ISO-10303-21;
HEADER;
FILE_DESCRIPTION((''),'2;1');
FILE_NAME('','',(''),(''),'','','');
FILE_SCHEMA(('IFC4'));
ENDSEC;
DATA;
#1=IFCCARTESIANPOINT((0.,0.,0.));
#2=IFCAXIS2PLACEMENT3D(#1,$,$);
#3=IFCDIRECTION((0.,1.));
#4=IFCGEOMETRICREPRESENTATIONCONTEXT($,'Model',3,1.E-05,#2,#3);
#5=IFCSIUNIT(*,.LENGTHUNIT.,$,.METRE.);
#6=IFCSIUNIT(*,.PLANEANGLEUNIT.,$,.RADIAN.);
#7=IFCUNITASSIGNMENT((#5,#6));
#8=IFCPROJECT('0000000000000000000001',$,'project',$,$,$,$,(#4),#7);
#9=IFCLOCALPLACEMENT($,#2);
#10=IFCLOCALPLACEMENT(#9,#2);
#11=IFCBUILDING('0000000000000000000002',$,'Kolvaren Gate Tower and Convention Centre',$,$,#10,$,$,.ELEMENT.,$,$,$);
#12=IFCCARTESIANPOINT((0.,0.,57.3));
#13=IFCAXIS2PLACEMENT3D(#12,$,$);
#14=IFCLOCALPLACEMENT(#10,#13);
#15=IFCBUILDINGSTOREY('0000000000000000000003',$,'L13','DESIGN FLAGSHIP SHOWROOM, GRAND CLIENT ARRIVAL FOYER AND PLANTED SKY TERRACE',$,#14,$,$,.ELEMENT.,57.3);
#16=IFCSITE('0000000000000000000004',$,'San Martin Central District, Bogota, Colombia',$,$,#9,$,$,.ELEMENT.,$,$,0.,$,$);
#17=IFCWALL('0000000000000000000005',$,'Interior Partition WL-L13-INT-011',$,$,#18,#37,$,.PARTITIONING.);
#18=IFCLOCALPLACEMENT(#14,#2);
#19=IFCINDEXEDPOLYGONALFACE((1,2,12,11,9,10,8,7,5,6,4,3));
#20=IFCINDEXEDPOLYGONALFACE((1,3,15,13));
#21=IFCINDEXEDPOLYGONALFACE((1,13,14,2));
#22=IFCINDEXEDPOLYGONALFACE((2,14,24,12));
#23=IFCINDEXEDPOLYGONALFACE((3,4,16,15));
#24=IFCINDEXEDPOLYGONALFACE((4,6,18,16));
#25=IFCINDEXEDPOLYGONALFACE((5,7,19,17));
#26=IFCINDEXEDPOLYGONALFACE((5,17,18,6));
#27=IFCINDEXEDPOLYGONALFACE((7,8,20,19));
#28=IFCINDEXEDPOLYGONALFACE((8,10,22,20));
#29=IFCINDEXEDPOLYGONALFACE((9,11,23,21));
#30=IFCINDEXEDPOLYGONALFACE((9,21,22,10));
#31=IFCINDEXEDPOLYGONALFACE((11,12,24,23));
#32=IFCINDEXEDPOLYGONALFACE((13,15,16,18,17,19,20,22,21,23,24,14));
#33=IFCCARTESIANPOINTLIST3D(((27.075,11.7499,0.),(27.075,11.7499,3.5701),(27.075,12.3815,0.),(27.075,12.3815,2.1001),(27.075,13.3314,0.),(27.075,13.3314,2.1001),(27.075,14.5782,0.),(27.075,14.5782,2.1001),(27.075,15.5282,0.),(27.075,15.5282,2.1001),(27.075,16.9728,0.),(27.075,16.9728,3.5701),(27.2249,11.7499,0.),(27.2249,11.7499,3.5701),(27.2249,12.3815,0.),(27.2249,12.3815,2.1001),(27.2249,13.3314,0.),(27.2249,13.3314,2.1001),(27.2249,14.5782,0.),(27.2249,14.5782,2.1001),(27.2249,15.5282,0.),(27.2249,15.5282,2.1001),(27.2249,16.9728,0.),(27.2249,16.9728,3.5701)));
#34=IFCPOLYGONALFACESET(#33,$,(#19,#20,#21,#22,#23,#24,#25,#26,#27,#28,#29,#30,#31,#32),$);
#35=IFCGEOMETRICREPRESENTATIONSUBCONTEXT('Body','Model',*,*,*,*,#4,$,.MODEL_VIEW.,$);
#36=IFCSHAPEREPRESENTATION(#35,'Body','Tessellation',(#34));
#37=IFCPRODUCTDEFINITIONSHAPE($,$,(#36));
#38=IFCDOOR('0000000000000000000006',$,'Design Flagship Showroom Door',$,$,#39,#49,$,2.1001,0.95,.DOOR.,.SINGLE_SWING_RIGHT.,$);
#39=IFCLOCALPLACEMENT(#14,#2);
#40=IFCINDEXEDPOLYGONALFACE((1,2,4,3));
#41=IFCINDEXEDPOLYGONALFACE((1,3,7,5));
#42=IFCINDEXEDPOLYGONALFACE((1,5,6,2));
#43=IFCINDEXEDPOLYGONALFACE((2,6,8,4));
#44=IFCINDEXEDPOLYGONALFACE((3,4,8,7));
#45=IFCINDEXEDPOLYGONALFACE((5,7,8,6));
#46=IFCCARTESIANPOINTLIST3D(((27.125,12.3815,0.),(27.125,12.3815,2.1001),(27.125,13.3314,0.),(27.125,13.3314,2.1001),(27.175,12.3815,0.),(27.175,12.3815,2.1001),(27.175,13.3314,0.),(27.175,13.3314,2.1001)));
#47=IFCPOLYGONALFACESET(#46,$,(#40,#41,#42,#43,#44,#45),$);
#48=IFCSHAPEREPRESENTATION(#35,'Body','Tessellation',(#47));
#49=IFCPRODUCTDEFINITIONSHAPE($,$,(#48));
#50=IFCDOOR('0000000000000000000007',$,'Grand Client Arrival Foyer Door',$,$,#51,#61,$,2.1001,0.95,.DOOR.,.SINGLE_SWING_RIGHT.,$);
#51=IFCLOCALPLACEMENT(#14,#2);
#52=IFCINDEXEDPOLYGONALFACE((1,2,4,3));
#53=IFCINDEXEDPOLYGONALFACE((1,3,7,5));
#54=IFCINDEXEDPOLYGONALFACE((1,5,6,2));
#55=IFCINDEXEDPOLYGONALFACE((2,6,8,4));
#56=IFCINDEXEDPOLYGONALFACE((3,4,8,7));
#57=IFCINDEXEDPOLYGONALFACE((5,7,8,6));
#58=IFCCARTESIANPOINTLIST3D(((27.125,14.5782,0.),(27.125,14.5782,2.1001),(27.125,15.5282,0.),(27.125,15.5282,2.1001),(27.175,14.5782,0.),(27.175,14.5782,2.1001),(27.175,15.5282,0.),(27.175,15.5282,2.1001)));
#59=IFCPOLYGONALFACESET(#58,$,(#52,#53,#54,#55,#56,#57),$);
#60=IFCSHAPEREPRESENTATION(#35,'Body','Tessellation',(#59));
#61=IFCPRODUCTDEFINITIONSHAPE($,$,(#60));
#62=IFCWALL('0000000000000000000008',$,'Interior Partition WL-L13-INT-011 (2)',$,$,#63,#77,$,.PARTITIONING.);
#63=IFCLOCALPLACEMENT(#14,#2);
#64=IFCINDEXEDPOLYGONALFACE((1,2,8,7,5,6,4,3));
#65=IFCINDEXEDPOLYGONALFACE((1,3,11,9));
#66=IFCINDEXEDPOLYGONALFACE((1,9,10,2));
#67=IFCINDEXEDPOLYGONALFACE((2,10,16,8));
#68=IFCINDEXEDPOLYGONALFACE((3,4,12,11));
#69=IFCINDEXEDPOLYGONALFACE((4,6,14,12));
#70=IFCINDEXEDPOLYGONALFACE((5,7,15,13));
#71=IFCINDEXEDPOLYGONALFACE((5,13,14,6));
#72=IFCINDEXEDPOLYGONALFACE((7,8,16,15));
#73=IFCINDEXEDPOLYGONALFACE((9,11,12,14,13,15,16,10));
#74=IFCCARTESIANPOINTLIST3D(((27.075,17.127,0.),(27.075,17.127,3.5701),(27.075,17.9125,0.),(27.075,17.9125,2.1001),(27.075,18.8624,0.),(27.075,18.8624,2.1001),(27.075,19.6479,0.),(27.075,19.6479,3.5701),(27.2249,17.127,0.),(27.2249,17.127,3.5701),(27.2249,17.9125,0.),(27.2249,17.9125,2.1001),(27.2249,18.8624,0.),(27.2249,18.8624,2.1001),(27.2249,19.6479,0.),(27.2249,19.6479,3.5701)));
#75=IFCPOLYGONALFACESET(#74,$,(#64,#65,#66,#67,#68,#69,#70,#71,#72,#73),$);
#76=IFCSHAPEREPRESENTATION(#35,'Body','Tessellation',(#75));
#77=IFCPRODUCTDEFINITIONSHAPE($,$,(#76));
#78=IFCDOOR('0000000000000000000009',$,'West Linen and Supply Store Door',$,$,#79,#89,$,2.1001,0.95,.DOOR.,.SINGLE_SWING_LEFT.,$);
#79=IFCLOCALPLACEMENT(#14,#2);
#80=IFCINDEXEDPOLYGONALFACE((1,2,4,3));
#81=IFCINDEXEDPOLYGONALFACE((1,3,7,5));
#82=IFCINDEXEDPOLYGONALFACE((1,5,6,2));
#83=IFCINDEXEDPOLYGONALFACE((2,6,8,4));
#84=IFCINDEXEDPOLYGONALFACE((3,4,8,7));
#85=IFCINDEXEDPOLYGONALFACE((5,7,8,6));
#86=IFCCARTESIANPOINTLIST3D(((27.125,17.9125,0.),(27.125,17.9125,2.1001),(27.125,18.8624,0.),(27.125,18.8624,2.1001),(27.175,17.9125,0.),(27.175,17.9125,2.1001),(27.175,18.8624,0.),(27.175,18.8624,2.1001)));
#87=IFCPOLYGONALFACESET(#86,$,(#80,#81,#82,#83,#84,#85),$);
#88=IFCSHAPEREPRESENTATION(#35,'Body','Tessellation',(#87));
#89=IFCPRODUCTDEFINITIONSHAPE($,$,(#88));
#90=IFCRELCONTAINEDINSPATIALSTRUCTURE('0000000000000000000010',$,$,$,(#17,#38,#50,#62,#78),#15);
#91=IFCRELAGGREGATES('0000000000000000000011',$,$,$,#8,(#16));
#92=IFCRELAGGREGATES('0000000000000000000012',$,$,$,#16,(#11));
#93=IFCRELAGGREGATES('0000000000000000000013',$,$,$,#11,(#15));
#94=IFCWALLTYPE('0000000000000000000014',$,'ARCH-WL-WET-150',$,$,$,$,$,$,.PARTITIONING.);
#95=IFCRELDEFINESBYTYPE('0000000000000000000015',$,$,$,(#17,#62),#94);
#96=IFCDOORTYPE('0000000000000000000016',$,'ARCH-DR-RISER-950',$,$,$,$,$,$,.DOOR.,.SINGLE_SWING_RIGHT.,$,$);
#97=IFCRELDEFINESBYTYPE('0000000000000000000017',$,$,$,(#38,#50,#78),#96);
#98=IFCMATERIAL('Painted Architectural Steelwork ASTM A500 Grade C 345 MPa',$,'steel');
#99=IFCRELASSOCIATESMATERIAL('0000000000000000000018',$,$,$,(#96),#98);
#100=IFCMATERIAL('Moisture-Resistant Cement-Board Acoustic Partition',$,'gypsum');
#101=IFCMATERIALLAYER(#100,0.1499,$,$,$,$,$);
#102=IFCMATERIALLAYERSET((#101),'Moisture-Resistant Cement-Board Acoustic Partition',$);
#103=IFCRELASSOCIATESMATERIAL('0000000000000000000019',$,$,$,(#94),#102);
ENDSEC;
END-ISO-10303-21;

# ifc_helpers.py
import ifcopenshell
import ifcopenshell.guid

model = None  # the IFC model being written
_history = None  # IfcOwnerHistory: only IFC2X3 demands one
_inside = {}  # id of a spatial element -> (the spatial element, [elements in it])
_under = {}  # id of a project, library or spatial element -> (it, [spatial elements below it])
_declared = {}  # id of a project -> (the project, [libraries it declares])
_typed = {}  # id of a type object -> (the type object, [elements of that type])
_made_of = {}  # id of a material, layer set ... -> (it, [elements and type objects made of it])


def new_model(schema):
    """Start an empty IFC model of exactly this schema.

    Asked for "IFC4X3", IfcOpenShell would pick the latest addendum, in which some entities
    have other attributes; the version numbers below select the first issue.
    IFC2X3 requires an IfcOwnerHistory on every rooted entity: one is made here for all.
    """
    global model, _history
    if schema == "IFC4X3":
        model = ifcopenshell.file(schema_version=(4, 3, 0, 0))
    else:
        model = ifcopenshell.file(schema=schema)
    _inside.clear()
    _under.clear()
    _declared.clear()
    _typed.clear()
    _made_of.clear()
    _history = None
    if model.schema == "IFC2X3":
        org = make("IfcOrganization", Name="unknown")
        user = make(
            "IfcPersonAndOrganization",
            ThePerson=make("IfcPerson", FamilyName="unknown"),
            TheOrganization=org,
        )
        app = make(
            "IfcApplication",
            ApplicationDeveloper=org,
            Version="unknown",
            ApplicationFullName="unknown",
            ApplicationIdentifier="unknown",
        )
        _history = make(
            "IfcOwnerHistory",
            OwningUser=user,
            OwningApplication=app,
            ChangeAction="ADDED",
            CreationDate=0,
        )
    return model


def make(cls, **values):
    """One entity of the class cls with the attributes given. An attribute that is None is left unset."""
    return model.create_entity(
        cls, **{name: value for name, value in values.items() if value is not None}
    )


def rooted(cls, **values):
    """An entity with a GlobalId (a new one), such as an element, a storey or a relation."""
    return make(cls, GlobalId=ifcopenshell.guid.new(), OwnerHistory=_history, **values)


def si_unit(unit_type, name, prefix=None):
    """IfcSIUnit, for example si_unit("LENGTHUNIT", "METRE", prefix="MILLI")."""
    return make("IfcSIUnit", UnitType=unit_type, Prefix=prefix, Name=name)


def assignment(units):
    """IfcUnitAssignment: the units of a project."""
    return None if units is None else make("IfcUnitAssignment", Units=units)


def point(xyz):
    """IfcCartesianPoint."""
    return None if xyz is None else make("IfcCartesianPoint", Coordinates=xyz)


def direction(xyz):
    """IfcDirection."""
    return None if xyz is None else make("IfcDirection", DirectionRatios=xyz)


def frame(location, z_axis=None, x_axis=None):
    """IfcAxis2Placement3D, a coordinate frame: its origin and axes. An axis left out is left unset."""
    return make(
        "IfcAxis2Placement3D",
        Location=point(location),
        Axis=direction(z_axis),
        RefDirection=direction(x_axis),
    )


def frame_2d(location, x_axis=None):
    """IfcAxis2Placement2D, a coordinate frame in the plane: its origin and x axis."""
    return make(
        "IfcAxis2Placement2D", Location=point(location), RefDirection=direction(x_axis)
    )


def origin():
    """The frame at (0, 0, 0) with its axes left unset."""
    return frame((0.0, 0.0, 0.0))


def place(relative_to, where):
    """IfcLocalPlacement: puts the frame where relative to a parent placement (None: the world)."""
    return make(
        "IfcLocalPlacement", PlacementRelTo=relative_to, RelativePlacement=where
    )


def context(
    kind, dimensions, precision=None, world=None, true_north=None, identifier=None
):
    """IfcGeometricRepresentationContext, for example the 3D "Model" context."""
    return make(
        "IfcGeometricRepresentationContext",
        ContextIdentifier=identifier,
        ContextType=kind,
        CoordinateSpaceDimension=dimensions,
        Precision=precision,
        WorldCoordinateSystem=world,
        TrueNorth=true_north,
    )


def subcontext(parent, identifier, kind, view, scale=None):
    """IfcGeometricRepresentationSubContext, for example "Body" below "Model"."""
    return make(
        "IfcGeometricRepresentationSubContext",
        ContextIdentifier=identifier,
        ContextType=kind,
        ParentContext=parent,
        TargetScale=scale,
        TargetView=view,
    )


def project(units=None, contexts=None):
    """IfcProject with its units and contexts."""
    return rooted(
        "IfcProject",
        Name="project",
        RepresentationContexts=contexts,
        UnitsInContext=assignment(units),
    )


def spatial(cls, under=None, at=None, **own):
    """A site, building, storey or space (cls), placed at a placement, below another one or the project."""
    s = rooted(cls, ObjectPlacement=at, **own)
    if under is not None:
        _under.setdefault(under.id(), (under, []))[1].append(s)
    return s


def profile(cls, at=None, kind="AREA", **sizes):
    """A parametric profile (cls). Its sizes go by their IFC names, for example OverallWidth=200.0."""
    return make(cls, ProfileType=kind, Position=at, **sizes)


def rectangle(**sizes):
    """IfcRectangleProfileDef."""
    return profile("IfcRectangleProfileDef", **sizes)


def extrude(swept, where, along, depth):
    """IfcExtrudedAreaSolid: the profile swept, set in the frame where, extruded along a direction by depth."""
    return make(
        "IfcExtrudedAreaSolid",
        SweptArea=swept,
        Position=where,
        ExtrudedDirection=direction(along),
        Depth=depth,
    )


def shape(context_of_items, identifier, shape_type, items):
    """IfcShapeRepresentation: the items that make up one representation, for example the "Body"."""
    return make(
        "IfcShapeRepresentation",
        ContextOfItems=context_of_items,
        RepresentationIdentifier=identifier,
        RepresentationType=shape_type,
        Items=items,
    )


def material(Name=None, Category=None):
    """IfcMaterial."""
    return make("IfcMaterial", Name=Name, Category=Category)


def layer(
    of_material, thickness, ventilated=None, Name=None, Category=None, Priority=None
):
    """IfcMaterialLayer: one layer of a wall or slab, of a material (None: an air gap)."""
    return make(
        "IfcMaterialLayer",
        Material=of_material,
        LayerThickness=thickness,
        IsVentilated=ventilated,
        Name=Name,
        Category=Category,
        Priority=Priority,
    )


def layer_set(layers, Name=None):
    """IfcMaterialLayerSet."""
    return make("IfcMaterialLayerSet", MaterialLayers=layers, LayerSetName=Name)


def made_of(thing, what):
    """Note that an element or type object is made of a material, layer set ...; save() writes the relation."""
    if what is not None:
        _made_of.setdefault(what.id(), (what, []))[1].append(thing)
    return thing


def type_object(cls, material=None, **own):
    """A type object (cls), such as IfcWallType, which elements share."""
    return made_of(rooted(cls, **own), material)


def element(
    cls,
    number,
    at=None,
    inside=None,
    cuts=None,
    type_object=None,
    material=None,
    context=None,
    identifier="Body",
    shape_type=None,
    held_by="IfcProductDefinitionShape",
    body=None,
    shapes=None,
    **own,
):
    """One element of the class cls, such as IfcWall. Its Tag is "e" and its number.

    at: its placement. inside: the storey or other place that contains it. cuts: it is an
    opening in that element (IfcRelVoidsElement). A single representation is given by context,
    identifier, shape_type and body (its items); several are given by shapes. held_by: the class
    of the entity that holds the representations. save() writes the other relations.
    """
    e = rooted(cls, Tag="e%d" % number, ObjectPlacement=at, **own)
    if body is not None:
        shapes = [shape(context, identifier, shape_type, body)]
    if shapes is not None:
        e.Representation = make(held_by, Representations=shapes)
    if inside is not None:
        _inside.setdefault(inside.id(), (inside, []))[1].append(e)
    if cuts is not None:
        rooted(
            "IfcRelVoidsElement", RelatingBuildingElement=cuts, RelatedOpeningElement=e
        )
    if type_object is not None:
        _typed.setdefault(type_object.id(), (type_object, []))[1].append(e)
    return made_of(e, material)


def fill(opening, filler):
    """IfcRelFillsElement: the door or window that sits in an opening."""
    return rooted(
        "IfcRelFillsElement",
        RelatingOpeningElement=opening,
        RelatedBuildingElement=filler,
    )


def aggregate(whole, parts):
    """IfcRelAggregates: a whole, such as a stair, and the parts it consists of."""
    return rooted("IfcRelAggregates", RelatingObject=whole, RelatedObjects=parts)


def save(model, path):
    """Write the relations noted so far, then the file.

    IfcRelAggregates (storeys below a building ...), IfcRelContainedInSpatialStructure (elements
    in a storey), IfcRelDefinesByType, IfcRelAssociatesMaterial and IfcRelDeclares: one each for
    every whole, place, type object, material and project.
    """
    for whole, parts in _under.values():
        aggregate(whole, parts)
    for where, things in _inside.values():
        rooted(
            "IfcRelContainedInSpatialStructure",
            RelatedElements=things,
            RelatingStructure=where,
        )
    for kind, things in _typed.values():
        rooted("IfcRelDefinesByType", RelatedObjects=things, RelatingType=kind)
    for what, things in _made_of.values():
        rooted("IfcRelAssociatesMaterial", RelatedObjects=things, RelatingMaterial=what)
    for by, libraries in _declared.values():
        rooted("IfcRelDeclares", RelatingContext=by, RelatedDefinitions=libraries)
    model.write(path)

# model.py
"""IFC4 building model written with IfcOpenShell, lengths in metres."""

from ifc_helpers import new_model, si_unit, direction, frame, frame_2d, origin, place, context, subcontext, project, spatial, rectangle, extrude, material, layer, layer_set, type_object, element, fill, save


model = new_model("IFC4")

# Units and contexts
model_context = context("Model", 3, precision=1e-05, world=origin(), true_north=direction((0.0, 1.0)))
body_context = subcontext(model_context, "Body", "Model", "MODEL_VIEW")
ifc_project = project(units=[si_unit("LENGTHUNIT", "METRE"), si_unit("PLANEANGLEUNIT", "RADIAN")], contexts=[model_context])

# Site, building, storey
site_placement = place(None, origin())
site = spatial("IfcSite", under=ifc_project, at=site_placement, Name="San Martin Central District, Bogota, Colombia", CompositionType="ELEMENT", RefElevation=0.0)
building_placement = place(site_placement, origin())
building = spatial("IfcBuilding", under=site, at=building_placement, Name="Kolvaren Gate Tower and Convention Centre", CompositionType="ELEMENT")
storey_placement = place(building_placement, frame((0.0, 0.0, 57.3)))
storey = spatial("IfcBuildingStorey", under=building, at=storey_placement, Name="L13", Description="DESIGN FLAGSHIP SHOWROOM, GRAND CLIENT ARRIVAL FOYER AND PLANTED SKY TERRACE", CompositionType="ELEMENT", Elevation=57.3)

# Shared definitions
ifc_material_1 = material(Name="Painted Architectural Steelwork ASTM A500 Grade C 345 MPa", Category="steel")
door_type_1 = type_object("IfcDoorType", Name="ARCH-DR-RISER-950", OperationType="SINGLE_SWING_RIGHT", PredefinedType="DOOR", material=ifc_material_1)

# Shared definitions
ifc_material_2 = material(Name="Moisture-Resistant Cement-Board Acoustic Partition", Category="gypsum")
ifc_layer_1 = layer(ifc_material_2, 0.1499)
ifc_layer_set_1 = layer_set([ifc_layer_1], Name="Moisture-Resistant Cement-Board Acoustic Partition")
wall_type_1 = type_object("IfcWallType", Name="ARCH-WL-WET-150", PredefinedType="PARTITIONING", material=ifc_layer_set_1)

# Wall, openings, doors
wall_1_placement = place(storey_placement, frame((27.1499, 11.75, 0.0), z_axis=(0.0, 0.0, 1.0), x_axis=(0.0, 1.0, 0.0)))
wall_1 = element("IfcWall", 1, at=wall_1_placement, inside=storey, type_object=wall_type_1, Name="Interior Partition WL-L13-INT-011", PredefinedType="PARTITIONING", context=body_context, shape_type="SweptSolid", body=[
    extrude(rectangle(XDim=5.2229, YDim=0.1499, at=frame_2d((2.6113, 0.0))), origin(), (0.0, 0.0, 1.0), 3.5701),
])
opening_1_placement = place(wall_1_placement, frame((0.6313, 0.0, 0.0)))
opening_1 = element("IfcOpeningElement", 2, at=opening_1_placement, cuts=wall_1, PredefinedType="OPENING", context=body_context, shape_type="SweptSolid", body=[
    extrude(rectangle(XDim=0.95, YDim=2.1001, at=frame_2d((0.4751, 1.05))), frame((0.0, 0.085, 0.0), z_axis=(0.0, -1.0, 0.0), x_axis=(1.0, 0.0, 0.0)), (0.0, 0.0, 1.0), 0.1699),
])
opening_2_placement = place(wall_1_placement, frame((2.8281, 0.0, 0.0)))
opening_2 = element("IfcOpeningElement", 3, at=opening_2_placement, cuts=wall_1, PredefinedType="OPENING", context=body_context, shape_type="SweptSolid", body=[
    extrude(rectangle(XDim=0.95, YDim=2.1001, at=frame_2d((0.4751, 1.05))), frame((0.0, 0.085, 0.0), z_axis=(0.0, -1.0, 0.0), x_axis=(1.0, 0.0, 0.0)), (0.0, 0.0, 1.0), 0.1699),
])
door_1_placement = place(opening_1_placement, origin())
door_1 = element("IfcDoor", 4, at=door_1_placement, inside=storey, type_object=door_type_1, Name="Design Flagship Showroom Door", OperationType="SINGLE_SWING_RIGHT", OverallHeight=2.1001, OverallWidth=0.95, PredefinedType="DOOR", context=body_context, shape_type="SweptSolid", body=[
    extrude(rectangle(XDim=0.95, YDim=2.1001, at=frame_2d((0.4751, 1.05))), frame((0.0, 0.0249, 0.0), z_axis=(0.0, -1.0, 0.0), x_axis=(1.0, 0.0, 0.0)), (0.0, 0.0, 1.0), 0.05),
])
fill(opening_1, door_1)
door_2_placement = place(opening_2_placement, origin())
door_2 = element("IfcDoor", 5, at=door_2_placement, inside=storey, type_object=door_type_1, Name="Grand Client Arrival Foyer Door", OperationType="SINGLE_SWING_RIGHT", OverallHeight=2.1001, OverallWidth=0.95, PredefinedType="DOOR", context=body_context, shape_type="SweptSolid", body=[
    extrude(rectangle(XDim=0.95, YDim=2.1001, at=frame_2d((0.4751, 1.05))), frame((0.0, 0.0249, 0.0), z_axis=(0.0, -1.0, 0.0), x_axis=(1.0, 0.0, 0.0)), (0.0, 0.0, 1.0), 0.05),
])
fill(opening_2, door_2)

# Wall, opening, door
wall_2_placement = place(storey_placement, frame((27.1499, 17.127, 0.0), z_axis=(0.0, 0.0, 1.0), x_axis=(0.0, 1.0, 0.0)))
wall_2 = element("IfcWall", 6, at=wall_2_placement, inside=storey, type_object=wall_type_1, Name="Interior Partition WL-L13-INT-011 (2)", PredefinedType="PARTITIONING", context=body_context, shape_type="SweptSolid", body=[
    extrude(rectangle(XDim=2.521, YDim=0.1499, at=frame_2d((1.2605, 0.0))), origin(), (0.0, 0.0, 1.0), 3.5701),
])
opening_3_placement = place(wall_2_placement, frame((0.7854, 0.0, 0.0)))
opening_3 = element("IfcOpeningElement", 7, at=opening_3_placement, cuts=wall_2, PredefinedType="OPENING", context=body_context, shape_type="SweptSolid", body=[
    extrude(rectangle(XDim=0.95, YDim=2.1001, at=frame_2d((0.4751, 1.05))), frame((0.0, 0.085, 0.0), z_axis=(0.0, -1.0, 0.0), x_axis=(1.0, 0.0, 0.0)), (0.0, 0.0, 1.0), 0.1699),
])
door_3_placement = place(opening_3_placement, origin())
door_3 = element("IfcDoor", 8, at=door_3_placement, inside=storey, type_object=door_type_1, Name="West Linen and Supply Store Door", OperationType="SINGLE_SWING_LEFT", OverallHeight=2.1001, OverallWidth=0.95, PredefinedType="DOOR", context=body_context, shape_type="SweptSolid", body=[
    extrude(rectangle(XDim=0.95, YDim=2.1001, at=frame_2d((0.4751, 1.05))), frame((0.0, 0.0249, 0.0), z_axis=(0.0, -1.0, 0.0), x_axis=(1.0, 0.0, 0.0)), (0.0, 0.0, 1.0), 0.05),
])
fill(opening_3, door_3)

save(model, "model.ifc")
